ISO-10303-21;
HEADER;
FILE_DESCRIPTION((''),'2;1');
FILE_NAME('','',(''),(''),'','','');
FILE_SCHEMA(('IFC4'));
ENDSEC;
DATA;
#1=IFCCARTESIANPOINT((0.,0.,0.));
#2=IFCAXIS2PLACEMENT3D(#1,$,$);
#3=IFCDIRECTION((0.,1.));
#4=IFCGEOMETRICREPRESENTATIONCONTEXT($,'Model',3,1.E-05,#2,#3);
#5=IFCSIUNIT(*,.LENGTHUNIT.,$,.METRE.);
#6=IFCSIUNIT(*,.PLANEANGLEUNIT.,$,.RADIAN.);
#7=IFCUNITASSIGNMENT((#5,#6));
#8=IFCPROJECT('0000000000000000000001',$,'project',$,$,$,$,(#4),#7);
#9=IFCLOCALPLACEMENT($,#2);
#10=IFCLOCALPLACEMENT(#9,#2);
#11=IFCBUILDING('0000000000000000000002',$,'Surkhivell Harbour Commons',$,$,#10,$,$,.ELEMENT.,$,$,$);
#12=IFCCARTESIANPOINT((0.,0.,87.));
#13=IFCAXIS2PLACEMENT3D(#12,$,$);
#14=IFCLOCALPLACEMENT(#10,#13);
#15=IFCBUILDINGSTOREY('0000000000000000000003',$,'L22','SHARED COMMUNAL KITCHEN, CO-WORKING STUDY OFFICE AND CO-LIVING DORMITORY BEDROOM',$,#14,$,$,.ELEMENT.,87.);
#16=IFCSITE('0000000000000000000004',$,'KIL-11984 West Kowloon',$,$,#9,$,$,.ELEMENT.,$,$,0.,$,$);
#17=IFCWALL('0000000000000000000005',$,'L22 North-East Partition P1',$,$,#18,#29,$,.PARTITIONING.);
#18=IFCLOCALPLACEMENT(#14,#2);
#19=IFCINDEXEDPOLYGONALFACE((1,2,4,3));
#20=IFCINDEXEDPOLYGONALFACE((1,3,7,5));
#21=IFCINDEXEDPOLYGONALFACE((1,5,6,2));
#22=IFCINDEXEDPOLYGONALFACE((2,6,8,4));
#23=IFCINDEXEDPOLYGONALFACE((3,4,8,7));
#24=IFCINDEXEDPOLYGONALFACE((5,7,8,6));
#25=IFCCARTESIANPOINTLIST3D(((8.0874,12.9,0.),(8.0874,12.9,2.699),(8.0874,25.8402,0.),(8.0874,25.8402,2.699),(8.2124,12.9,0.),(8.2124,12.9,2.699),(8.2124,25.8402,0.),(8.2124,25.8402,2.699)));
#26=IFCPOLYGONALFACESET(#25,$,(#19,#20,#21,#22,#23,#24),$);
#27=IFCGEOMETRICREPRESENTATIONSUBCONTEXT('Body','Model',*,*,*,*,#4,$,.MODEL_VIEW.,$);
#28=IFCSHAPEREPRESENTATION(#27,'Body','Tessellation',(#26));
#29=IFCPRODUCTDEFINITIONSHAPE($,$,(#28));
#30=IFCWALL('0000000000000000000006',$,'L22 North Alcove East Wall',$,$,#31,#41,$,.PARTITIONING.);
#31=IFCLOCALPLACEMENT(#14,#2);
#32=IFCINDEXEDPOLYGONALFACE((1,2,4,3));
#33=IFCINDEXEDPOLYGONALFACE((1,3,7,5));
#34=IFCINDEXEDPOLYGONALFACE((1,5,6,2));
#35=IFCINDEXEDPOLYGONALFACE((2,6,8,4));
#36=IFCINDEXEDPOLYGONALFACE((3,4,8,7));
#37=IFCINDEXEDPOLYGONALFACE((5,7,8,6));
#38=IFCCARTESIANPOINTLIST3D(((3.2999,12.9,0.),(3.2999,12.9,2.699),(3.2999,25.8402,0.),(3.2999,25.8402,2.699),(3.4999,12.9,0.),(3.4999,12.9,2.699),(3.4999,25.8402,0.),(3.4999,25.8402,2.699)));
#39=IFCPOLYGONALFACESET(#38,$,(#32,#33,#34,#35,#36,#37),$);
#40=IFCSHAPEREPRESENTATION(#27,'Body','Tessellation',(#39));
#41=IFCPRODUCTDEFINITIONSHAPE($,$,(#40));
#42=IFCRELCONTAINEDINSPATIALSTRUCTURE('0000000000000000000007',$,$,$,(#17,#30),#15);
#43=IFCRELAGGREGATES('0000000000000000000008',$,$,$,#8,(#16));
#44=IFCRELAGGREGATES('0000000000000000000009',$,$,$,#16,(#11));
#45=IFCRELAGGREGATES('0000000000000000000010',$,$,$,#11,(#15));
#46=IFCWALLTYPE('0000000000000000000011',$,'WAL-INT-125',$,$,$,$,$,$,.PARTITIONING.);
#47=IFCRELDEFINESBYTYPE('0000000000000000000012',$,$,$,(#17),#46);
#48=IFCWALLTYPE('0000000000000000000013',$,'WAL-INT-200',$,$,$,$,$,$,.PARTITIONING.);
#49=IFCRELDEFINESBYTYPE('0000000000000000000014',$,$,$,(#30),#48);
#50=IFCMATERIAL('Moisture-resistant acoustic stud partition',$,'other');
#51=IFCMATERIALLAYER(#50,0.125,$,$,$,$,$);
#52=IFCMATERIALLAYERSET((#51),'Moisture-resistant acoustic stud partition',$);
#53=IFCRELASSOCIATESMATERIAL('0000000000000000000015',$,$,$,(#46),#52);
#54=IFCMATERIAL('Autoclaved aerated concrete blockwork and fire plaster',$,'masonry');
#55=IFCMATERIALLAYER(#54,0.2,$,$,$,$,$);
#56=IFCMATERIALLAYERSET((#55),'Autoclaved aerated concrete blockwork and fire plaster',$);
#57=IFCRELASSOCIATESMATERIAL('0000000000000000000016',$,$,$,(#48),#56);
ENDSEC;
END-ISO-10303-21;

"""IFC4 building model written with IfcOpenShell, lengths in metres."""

from ifc_helpers import new_model, si_unit, direction, frame, frame_2d, origin, place, context, subcontext, project, spatial, rectangle, extrude, material, layer, layer_set, type_object, element, save


model = new_model("IFC4")

# Units and contexts
model_context = context("Model", 3, precision=1e-05, world=origin(), true_north=direction((0.0, 1.0)))
body_context = subcontext(model_context, "Body", "Model", "MODEL_VIEW")
ifc_project = project(units=[si_unit("LENGTHUNIT", "METRE"), si_unit("PLANEANGLEUNIT", "RADIAN")], contexts=[model_context])

# Site, building, storey
site_placement = place(None, origin())
site = spatial("IfcSite", under=ifc_project, at=site_placement, Name="KIL-11984 West Kowloon", CompositionType="ELEMENT", RefElevation=0.0)
building_placement = place(site_placement, origin())
building = spatial("IfcBuilding", under=site, at=building_placement, Name="Surkhivell Harbour Commons", CompositionType="ELEMENT")
storey_placement = place(building_placement, frame((0.0, 0.0, 87.0)))
storey = spatial("IfcBuildingStorey", under=building, at=storey_placement, Name="L22", Description="SHARED COMMUNAL KITCHEN, CO-WORKING STUDY OFFICE AND CO-LIVING DORMITORY BEDROOM", CompositionType="ELEMENT", Elevation=87.0)

# Walls
ifc_material_1 = material(Name="Moisture-resistant acoustic stud partition", Category="other")
ifc_layer_1 = layer(ifc_material_1, 0.125)
ifc_layer_set_1 = layer_set([ifc_layer_1], Name="Moisture-resistant acoustic stud partition")
wall_type_1 = type_object("IfcWallType", Name="WAL-INT-125", PredefinedType="PARTITIONING", material=ifc_layer_set_1)
wall_1_placement = place(storey_placement, frame((8.1499, 12.8999, 0.0), z_axis=(0.0, 0.0, 1.0), x_axis=(0.0, 1.0, 0.0)))
element("IfcWall", 1, at=wall_1_placement, inside=storey, type_object=wall_type_1, Name="L22 North-East Partition P1", PredefinedType="PARTITIONING", context=body_context, shape_type="SweptSolid", body=[
    extrude(rectangle(XDim=12.9402, YDim=0.125, at=frame_2d((6.4702, 0.0))), origin(), (0.0, 0.0, 1.0), 2.699),
])
ifc_material_2 = material(Name="Autoclaved aerated concrete blockwork and fire plaster", Category="masonry")
ifc_layer_2 = layer(ifc_material_2, 0.2)
ifc_layer_set_2 = layer_set([ifc_layer_2], Name="Autoclaved aerated concrete blockwork and fire plaster")
wall_type_2 = type_object("IfcWallType", Name="WAL-INT-200", PredefinedType="PARTITIONING", material=ifc_layer_set_2)
wall_2_placement = place(storey_placement, frame((3.3999, 12.8999, 0.0), z_axis=(0.0, 0.0, 1.0), x_axis=(0.0, 1.0, 0.0)))
element("IfcWall", 2, at=wall_2_placement, inside=storey, type_object=wall_type_2, Name="L22 North Alcove East Wall", PredefinedType="PARTITIONING", context=body_context, shape_type="SweptSolid", body=[
    extrude(rectangle(XDim=12.9402, YDim=0.2, at=frame_2d((6.4702, 0.0))), origin(), (0.0, 0.0, 1.0), 2.699),
])

save(model, "model.ifc")
